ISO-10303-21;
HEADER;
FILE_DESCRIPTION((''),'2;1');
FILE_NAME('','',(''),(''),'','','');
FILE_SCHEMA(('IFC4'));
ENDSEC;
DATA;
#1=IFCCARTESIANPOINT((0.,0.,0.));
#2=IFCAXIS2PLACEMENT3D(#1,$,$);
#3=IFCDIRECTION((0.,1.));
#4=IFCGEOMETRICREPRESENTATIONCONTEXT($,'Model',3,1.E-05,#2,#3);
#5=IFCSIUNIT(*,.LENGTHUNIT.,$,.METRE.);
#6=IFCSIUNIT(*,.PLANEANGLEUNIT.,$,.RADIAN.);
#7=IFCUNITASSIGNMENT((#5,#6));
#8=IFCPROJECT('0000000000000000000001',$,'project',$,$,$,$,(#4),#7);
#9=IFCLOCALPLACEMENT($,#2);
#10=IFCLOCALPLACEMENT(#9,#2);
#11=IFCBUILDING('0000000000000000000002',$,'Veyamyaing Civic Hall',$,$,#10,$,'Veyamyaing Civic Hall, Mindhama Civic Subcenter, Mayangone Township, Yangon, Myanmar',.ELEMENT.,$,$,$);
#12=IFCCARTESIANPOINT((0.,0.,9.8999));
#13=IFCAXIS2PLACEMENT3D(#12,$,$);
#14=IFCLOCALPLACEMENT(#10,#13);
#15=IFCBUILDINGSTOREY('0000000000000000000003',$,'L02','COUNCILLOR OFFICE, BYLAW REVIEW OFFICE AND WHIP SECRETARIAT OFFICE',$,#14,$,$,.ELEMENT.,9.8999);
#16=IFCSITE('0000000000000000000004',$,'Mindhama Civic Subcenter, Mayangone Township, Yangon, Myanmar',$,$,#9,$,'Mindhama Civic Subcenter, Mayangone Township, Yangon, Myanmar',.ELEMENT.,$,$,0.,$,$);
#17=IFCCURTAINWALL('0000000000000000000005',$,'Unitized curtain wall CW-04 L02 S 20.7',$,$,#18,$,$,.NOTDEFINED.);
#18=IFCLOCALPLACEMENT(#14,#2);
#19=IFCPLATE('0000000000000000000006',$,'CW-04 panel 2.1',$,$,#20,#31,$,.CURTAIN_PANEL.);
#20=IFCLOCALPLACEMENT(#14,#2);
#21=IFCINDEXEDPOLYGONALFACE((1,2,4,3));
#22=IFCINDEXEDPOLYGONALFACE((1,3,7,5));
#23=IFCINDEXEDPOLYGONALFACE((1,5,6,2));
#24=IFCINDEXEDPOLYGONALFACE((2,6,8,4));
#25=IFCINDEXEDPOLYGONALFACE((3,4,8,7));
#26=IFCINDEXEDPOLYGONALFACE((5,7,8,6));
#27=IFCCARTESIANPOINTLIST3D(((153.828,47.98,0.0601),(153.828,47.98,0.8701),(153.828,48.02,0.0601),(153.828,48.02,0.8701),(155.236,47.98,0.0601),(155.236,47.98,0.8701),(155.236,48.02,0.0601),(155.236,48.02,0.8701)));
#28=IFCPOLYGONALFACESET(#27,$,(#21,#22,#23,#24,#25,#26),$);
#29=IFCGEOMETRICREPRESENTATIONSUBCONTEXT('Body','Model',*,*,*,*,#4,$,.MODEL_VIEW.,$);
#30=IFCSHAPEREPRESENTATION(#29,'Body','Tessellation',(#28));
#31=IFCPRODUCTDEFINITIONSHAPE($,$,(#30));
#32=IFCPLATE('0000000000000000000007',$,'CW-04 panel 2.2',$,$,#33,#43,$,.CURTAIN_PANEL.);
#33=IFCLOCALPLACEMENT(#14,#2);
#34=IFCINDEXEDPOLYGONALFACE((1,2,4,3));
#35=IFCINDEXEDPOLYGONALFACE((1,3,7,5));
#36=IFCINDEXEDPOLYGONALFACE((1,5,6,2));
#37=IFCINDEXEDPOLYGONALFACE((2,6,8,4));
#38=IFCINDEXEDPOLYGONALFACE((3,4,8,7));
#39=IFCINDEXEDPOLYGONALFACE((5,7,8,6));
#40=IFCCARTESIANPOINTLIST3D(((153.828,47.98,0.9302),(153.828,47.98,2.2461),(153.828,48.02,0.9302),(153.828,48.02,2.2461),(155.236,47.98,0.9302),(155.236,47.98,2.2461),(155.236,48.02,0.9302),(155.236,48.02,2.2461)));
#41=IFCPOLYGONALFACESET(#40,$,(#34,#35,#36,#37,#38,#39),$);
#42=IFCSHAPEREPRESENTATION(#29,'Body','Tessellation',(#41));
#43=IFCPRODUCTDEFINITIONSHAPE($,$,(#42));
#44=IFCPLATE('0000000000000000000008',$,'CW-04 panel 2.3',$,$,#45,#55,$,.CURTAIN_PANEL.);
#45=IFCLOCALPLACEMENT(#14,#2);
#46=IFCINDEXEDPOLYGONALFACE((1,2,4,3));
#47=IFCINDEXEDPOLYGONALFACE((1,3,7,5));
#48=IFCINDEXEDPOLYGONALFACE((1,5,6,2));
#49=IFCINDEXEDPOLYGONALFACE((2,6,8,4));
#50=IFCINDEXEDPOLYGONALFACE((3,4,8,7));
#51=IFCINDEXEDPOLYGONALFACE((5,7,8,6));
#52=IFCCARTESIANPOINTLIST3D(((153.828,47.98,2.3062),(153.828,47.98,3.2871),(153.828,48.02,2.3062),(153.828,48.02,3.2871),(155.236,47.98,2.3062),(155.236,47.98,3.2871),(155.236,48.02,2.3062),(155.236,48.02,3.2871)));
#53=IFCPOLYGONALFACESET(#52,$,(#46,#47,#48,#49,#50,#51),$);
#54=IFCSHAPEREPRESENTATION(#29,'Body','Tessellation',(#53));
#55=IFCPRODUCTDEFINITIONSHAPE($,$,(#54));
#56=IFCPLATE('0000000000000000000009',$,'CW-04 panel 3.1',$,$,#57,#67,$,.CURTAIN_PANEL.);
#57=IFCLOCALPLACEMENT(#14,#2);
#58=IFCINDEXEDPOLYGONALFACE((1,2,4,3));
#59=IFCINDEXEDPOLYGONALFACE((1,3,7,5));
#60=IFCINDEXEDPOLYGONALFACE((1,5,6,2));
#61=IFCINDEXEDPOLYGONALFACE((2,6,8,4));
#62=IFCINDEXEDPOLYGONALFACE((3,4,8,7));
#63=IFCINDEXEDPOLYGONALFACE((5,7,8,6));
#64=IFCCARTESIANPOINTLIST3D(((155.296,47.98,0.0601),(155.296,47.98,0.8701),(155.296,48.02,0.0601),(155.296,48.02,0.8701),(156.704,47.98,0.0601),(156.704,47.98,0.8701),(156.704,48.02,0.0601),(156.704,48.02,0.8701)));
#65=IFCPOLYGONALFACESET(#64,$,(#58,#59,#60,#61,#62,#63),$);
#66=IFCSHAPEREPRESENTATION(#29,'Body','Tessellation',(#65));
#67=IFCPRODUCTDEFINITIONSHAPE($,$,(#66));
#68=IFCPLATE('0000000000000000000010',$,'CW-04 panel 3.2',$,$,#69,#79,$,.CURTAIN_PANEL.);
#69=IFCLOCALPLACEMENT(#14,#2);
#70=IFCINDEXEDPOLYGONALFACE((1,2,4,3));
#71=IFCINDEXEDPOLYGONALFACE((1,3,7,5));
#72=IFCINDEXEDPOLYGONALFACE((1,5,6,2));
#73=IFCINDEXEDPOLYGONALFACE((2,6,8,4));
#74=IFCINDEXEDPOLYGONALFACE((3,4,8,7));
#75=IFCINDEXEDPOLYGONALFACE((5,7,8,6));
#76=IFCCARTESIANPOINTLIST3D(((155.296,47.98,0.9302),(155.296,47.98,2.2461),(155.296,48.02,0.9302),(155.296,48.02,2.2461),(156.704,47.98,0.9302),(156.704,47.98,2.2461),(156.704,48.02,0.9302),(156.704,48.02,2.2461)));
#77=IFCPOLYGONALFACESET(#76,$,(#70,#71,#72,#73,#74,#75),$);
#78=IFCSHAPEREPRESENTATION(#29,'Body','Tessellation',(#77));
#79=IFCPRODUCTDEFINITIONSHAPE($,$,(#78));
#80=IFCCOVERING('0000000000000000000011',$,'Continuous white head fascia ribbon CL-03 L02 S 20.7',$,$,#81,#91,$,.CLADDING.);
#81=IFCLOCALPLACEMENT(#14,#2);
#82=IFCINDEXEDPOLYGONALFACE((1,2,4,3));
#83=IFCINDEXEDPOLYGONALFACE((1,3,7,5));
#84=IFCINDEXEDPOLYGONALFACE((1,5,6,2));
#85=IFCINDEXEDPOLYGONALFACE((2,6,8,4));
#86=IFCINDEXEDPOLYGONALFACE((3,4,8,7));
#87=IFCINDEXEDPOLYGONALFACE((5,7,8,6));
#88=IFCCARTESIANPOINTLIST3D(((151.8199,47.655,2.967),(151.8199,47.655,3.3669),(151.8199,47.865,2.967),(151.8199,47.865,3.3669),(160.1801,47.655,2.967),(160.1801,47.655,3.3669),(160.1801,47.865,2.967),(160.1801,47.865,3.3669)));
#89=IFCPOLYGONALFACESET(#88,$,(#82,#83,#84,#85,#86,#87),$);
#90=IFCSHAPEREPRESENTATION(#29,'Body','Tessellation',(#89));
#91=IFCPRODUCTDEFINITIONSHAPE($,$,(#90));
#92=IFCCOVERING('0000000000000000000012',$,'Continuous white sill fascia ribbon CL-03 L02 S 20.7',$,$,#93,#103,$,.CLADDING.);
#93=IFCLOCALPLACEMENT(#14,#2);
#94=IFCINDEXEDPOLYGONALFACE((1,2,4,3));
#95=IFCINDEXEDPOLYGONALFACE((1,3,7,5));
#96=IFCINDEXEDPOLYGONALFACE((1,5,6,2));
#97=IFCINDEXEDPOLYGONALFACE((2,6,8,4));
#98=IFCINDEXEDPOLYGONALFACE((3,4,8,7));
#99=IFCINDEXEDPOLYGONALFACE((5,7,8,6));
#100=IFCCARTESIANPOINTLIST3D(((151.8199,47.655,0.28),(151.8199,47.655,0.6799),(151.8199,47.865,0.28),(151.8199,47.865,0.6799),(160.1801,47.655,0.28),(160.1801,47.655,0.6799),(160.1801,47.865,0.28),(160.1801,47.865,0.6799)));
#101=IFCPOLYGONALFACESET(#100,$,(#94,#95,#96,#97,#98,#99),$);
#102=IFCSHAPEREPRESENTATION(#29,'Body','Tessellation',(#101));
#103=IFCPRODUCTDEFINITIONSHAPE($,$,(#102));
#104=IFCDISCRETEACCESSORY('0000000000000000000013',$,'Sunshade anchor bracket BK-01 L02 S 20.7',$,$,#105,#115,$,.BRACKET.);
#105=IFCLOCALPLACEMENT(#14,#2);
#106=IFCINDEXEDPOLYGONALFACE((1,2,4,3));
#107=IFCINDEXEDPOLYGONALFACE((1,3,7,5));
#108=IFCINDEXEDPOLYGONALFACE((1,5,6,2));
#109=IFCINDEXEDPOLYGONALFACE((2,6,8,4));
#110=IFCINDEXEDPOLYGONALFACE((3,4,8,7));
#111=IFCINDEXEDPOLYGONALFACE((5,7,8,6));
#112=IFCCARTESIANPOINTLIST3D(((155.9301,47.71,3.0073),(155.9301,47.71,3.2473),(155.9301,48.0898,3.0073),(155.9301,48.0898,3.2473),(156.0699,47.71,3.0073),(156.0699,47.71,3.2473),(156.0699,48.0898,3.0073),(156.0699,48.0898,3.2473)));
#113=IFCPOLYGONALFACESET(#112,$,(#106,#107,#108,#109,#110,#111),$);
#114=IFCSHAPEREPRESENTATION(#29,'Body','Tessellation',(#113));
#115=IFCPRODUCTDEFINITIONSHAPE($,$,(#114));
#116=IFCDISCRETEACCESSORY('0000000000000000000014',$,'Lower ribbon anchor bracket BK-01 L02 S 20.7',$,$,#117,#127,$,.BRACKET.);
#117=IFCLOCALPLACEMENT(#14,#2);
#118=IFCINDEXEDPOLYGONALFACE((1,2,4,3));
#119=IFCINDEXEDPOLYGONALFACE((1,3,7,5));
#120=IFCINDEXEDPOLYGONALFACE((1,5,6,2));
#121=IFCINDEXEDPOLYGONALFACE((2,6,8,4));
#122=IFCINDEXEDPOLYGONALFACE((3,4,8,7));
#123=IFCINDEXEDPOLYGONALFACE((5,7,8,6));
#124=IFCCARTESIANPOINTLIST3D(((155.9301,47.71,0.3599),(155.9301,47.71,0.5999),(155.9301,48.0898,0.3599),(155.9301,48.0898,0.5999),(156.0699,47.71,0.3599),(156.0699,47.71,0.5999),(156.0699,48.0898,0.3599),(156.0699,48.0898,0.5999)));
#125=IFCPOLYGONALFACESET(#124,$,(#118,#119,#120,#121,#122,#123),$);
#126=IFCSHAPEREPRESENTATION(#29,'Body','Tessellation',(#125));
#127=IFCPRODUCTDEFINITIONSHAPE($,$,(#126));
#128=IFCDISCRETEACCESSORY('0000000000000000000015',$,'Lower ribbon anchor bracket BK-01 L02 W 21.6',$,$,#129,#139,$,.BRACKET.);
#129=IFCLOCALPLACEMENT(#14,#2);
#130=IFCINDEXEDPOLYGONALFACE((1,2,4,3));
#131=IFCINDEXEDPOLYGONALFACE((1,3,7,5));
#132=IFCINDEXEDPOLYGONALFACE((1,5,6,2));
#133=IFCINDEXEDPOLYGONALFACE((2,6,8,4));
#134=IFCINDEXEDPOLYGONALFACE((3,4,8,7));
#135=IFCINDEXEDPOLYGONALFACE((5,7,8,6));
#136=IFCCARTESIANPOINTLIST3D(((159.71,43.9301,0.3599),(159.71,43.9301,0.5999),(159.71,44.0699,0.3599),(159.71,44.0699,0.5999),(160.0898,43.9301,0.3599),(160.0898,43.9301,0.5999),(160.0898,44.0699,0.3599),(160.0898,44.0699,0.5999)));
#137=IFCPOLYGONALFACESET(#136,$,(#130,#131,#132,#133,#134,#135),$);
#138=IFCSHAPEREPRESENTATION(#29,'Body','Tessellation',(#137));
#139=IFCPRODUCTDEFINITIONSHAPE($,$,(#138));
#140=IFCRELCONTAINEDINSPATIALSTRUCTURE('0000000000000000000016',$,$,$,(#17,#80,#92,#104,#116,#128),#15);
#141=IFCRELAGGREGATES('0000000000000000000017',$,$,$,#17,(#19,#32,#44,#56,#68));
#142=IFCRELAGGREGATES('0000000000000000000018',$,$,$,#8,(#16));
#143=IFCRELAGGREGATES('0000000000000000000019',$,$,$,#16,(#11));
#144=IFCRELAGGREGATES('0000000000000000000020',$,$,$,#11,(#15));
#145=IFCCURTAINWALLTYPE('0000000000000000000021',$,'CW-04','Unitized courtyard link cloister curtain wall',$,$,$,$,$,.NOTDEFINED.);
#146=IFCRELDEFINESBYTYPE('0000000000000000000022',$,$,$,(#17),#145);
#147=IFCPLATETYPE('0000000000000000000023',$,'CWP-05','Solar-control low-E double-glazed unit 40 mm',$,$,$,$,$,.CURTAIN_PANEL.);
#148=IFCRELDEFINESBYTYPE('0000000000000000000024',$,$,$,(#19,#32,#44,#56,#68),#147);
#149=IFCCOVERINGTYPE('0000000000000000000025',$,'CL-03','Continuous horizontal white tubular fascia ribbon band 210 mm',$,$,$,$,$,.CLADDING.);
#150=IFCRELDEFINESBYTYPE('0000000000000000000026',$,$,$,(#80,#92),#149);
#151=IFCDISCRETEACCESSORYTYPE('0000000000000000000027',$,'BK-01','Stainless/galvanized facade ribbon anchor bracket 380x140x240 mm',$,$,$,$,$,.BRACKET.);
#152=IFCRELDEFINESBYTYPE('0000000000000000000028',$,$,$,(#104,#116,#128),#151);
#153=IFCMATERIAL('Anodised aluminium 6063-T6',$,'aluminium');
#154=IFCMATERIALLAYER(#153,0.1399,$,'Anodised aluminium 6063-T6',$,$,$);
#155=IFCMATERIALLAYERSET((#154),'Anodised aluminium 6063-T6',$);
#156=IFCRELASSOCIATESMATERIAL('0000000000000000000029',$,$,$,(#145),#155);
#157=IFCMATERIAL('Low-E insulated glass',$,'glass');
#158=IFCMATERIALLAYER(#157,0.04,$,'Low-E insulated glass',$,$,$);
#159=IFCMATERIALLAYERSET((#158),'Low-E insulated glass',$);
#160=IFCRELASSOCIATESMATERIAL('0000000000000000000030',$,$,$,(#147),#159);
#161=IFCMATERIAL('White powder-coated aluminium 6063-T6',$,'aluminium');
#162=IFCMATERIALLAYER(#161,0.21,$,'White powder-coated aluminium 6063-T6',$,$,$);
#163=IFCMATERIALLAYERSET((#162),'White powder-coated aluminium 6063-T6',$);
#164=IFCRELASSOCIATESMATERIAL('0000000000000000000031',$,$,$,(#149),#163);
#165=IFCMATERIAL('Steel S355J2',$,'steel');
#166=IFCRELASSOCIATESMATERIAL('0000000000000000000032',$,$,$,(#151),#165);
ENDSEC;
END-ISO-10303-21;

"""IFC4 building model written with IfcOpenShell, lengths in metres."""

from ifc_helpers import new_model, si_unit, direction, frame, origin, origin_2d, place, context, subcontext, project, spatial, rectangle, extrude, material, layer, layer_set, type_object, element, aggregate, save


model = new_model("IFC4")

# Units and contexts
model_context = context("Model", 3, precision=1e-05, world=origin(), true_north=direction((0.0, 1.0)))
body_context = subcontext(model_context, "Body", "Model", "MODEL_VIEW")
ifc_project = project(units=[si_unit("LENGTHUNIT", "METRE"), si_unit("PLANEANGLEUNIT", "RADIAN")], contexts=[model_context])

# Site, building, storey
site_placement = place(None, origin())
site = spatial("IfcSite", under=ifc_project, at=site_placement, Name="Mindhama Civic Subcenter, Mayangone Township, Yangon, Myanmar", LongName="Mindhama Civic Subcenter, Mayangone Township, Yangon, Myanmar", CompositionType="ELEMENT", RefElevation=0.0)
building_placement = place(site_placement, origin())
building = spatial("IfcBuilding", under=site, at=building_placement, Name="Veyamyaing Civic Hall", LongName="Veyamyaing Civic Hall, Mindhama Civic Subcenter, Mayangone Township, Yangon, Myanmar", CompositionType="ELEMENT")
storey_placement = place(building_placement, frame((0.0, 0.0, 9.8999)))
storey = spatial("IfcBuildingStorey", under=building, at=storey_placement, Name="L02", Description="COUNCILLOR OFFICE, BYLAW REVIEW OFFICE AND WHIP SECRETARIAT OFFICE", CompositionType="ELEMENT", Elevation=9.8999)

# Curtain wall
ifc_material_1 = material(Name="Anodised aluminium 6063-T6", Category="aluminium")
ifc_layer_1 = layer(ifc_material_1, 0.1399, Name="Anodised aluminium 6063-T6")
ifc_layer_set_1 = layer_set([ifc_layer_1], Name="Anodised aluminium 6063-T6")
curtain_wall_type = type_object("IfcCurtainWallType", Name="CW-04", Description="Unitized courtyard link cloister curtain wall", PredefinedType="NOTDEFINED", material=ifc_layer_set_1)
curtain_wall_placement = place(storey_placement, origin())
curtain_wall = element("IfcCurtainWall", 1, at=curtain_wall_placement, inside=storey, type_object=curtain_wall_type, Name="Unitized curtain wall CW-04 L02 S 20.7", PredefinedType="NOTDEFINED")

# Plates
ifc_material_2 = material(Name="Low-E insulated glass", Category="glass")
ifc_layer_2 = layer(ifc_material_2, 0.04, Name="Low-E insulated glass")
ifc_layer_set_2 = layer_set([ifc_layer_2], Name="Low-E insulated glass")
plate_type = type_object("IfcPlateType", Name="CWP-05", Description="Solar-control low-E double-glazed unit 40 mm", PredefinedType="CURTAIN_PANEL", material=ifc_layer_set_2)
plate_1_placement = place(storey_placement, frame((154.532, 48.0, 0.0601), z_axis=(0.0, 0.0, 1.0), x_axis=(1.0, 0.0, 0.0)))
plate_1 = element("IfcPlate", 2, at=plate_1_placement, type_object=plate_type, Name="CW-04 panel 2.1", PredefinedType="CURTAIN_PANEL", context=body_context, shape_type="SweptSolid", body=[
    extrude(rectangle(XDim=1.408, YDim=0.04, at=origin_2d()), origin(), (0.0, 0.0, 1.0), 0.8101),
])
plate_2_placement = place(storey_placement, frame((154.532, 48.0, 0.9302), z_axis=(0.0, 0.0, 1.0), x_axis=(1.0, 0.0, 0.0)))
plate_2 = element("IfcPlate", 3, at=plate_2_placement, type_object=plate_type, Name="CW-04 panel 2.2", PredefinedType="CURTAIN_PANEL", context=body_context, shape_type="SweptSolid", body=[
    extrude(rectangle(XDim=1.408, YDim=0.04, at=origin_2d()), origin(), (0.0, 0.0, 1.0), 1.3159),
])
plate_3_placement = place(storey_placement, frame((154.532, 48.0, 2.3062), z_axis=(0.0, 0.0, 1.0), x_axis=(1.0, 0.0, 0.0)))
plate_3 = element("IfcPlate", 4, at=plate_3_placement, type_object=plate_type, Name="CW-04 panel 2.3", PredefinedType="CURTAIN_PANEL", context=body_context, shape_type="SweptSolid", body=[
    extrude(rectangle(XDim=1.408, YDim=0.04, at=origin_2d()), origin(), (0.0, 0.0, 1.0), 0.981),
])
plate_4_placement = place(storey_placement, frame((156.0, 48.0, 0.0601), z_axis=(0.0, 0.0, 1.0), x_axis=(1.0, 0.0, 0.0)))
plate_4 = element("IfcPlate", 5, at=plate_4_placement, type_object=plate_type, Name="CW-04 panel 3.1", PredefinedType="CURTAIN_PANEL", context=body_context, shape_type="SweptSolid", body=[
    extrude(rectangle(XDim=1.408, YDim=0.04, at=origin_2d()), origin(), (0.0, 0.0, 1.0), 0.8101),
])
plate_5_placement = place(storey_placement, frame((156.0, 48.0, 0.9302), z_axis=(0.0, 0.0, 1.0), x_axis=(1.0, 0.0, 0.0)))
plate_5 = element("IfcPlate", 6, at=plate_5_placement, type_object=plate_type, Name="CW-04 panel 3.2", PredefinedType="CURTAIN_PANEL", context=body_context, shape_type="SweptSolid", body=[
    extrude(rectangle(XDim=1.408, YDim=0.04, at=origin_2d()), origin(), (0.0, 0.0, 1.0), 1.3159),
])
aggregate(curtain_wall, [plate_1, plate_2, plate_3, plate_4, plate_5])

# Coverings
ifc_material_3 = material(Name="White powder-coated aluminium 6063-T6", Category="aluminium")
ifc_layer_3 = layer(ifc_material_3, 0.21, Name="White powder-coated aluminium 6063-T6")
ifc_layer_set_3 = layer_set([ifc_layer_3], Name="White powder-coated aluminium 6063-T6")
covering_type = type_object("IfcCoveringType", Name="CL-03", Description="Continuous horizontal white tubular fascia ribbon band 210 mm", PredefinedType="CLADDING", material=ifc_layer_set_3)
for number, where, z_axis, x_axis, name in (
    (7, (156.0, 47.76, 2.967), (0.0, 0.0, 1.0), (1.0, 0.0, 0.0), "Continuous white head fascia ribbon CL-03 L02 S 20.7"),
    (8, (156.0, 47.76, 0.28), (0.0, 0.0, 1.0), (1.0, 0.0, 0.0), "Continuous white sill fascia ribbon CL-03 L02 S 20.7"),
):
    element("IfcCovering", number, at=place(storey_placement, frame(where, z_axis=z_axis, x_axis=x_axis)), inside=storey, type_object=covering_type, Name=name, PredefinedType="CLADDING", context=body_context, shape_type="SweptSolid", body=[
        extrude(rectangle(XDim=8.3601, YDim=0.21, at=origin_2d()), origin(), (0.0, 0.0, 1.0), 0.3999),
    ])

# Discrete accessories
ifc_material_4 = material(Name="Steel S355J2", Category="steel")
discrete_accessory_type = type_object("IfcDiscreteAccessoryType", Name="BK-01", Description="Stainless/galvanized facade ribbon anchor bracket 380x140x240 mm", PredefinedType="BRACKET", material=ifc_material_4)
for number, where, z_axis, x_axis, name in (
    (9, (156.0, 47.8999, 3.0073), (0.0, 0.0, 1.0), (0.0, -1.0, 0.0), "Sunshade anchor bracket BK-01 L02 S 20.7"),
    (10, (156.0, 47.8999, 0.3599), (0.0, 0.0, 1.0), (0.0, -1.0, 0.0), "Lower ribbon anchor bracket BK-01 L02 S 20.7"),
    (11, (159.8999, 44.0, 0.3599), (0.0, 0.0, 1.0), (-1.0, 0.0, 0.0), "Lower ribbon anchor bracket BK-01 L02 W 21.6"),
):
    element("IfcDiscreteAccessory", number, at=place(storey_placement, frame(where, z_axis=z_axis, x_axis=x_axis)), inside=storey, type_object=discrete_accessory_type, Name=name, PredefinedType="BRACKET", context=body_context, shape_type="SweptSolid", body=[
        extrude(rectangle(XDim=0.3799, YDim=0.1399, at=origin_2d()), origin(), (0.0, 0.0, 1.0), 0.24),
    ])

save(model, "model.ifc")
